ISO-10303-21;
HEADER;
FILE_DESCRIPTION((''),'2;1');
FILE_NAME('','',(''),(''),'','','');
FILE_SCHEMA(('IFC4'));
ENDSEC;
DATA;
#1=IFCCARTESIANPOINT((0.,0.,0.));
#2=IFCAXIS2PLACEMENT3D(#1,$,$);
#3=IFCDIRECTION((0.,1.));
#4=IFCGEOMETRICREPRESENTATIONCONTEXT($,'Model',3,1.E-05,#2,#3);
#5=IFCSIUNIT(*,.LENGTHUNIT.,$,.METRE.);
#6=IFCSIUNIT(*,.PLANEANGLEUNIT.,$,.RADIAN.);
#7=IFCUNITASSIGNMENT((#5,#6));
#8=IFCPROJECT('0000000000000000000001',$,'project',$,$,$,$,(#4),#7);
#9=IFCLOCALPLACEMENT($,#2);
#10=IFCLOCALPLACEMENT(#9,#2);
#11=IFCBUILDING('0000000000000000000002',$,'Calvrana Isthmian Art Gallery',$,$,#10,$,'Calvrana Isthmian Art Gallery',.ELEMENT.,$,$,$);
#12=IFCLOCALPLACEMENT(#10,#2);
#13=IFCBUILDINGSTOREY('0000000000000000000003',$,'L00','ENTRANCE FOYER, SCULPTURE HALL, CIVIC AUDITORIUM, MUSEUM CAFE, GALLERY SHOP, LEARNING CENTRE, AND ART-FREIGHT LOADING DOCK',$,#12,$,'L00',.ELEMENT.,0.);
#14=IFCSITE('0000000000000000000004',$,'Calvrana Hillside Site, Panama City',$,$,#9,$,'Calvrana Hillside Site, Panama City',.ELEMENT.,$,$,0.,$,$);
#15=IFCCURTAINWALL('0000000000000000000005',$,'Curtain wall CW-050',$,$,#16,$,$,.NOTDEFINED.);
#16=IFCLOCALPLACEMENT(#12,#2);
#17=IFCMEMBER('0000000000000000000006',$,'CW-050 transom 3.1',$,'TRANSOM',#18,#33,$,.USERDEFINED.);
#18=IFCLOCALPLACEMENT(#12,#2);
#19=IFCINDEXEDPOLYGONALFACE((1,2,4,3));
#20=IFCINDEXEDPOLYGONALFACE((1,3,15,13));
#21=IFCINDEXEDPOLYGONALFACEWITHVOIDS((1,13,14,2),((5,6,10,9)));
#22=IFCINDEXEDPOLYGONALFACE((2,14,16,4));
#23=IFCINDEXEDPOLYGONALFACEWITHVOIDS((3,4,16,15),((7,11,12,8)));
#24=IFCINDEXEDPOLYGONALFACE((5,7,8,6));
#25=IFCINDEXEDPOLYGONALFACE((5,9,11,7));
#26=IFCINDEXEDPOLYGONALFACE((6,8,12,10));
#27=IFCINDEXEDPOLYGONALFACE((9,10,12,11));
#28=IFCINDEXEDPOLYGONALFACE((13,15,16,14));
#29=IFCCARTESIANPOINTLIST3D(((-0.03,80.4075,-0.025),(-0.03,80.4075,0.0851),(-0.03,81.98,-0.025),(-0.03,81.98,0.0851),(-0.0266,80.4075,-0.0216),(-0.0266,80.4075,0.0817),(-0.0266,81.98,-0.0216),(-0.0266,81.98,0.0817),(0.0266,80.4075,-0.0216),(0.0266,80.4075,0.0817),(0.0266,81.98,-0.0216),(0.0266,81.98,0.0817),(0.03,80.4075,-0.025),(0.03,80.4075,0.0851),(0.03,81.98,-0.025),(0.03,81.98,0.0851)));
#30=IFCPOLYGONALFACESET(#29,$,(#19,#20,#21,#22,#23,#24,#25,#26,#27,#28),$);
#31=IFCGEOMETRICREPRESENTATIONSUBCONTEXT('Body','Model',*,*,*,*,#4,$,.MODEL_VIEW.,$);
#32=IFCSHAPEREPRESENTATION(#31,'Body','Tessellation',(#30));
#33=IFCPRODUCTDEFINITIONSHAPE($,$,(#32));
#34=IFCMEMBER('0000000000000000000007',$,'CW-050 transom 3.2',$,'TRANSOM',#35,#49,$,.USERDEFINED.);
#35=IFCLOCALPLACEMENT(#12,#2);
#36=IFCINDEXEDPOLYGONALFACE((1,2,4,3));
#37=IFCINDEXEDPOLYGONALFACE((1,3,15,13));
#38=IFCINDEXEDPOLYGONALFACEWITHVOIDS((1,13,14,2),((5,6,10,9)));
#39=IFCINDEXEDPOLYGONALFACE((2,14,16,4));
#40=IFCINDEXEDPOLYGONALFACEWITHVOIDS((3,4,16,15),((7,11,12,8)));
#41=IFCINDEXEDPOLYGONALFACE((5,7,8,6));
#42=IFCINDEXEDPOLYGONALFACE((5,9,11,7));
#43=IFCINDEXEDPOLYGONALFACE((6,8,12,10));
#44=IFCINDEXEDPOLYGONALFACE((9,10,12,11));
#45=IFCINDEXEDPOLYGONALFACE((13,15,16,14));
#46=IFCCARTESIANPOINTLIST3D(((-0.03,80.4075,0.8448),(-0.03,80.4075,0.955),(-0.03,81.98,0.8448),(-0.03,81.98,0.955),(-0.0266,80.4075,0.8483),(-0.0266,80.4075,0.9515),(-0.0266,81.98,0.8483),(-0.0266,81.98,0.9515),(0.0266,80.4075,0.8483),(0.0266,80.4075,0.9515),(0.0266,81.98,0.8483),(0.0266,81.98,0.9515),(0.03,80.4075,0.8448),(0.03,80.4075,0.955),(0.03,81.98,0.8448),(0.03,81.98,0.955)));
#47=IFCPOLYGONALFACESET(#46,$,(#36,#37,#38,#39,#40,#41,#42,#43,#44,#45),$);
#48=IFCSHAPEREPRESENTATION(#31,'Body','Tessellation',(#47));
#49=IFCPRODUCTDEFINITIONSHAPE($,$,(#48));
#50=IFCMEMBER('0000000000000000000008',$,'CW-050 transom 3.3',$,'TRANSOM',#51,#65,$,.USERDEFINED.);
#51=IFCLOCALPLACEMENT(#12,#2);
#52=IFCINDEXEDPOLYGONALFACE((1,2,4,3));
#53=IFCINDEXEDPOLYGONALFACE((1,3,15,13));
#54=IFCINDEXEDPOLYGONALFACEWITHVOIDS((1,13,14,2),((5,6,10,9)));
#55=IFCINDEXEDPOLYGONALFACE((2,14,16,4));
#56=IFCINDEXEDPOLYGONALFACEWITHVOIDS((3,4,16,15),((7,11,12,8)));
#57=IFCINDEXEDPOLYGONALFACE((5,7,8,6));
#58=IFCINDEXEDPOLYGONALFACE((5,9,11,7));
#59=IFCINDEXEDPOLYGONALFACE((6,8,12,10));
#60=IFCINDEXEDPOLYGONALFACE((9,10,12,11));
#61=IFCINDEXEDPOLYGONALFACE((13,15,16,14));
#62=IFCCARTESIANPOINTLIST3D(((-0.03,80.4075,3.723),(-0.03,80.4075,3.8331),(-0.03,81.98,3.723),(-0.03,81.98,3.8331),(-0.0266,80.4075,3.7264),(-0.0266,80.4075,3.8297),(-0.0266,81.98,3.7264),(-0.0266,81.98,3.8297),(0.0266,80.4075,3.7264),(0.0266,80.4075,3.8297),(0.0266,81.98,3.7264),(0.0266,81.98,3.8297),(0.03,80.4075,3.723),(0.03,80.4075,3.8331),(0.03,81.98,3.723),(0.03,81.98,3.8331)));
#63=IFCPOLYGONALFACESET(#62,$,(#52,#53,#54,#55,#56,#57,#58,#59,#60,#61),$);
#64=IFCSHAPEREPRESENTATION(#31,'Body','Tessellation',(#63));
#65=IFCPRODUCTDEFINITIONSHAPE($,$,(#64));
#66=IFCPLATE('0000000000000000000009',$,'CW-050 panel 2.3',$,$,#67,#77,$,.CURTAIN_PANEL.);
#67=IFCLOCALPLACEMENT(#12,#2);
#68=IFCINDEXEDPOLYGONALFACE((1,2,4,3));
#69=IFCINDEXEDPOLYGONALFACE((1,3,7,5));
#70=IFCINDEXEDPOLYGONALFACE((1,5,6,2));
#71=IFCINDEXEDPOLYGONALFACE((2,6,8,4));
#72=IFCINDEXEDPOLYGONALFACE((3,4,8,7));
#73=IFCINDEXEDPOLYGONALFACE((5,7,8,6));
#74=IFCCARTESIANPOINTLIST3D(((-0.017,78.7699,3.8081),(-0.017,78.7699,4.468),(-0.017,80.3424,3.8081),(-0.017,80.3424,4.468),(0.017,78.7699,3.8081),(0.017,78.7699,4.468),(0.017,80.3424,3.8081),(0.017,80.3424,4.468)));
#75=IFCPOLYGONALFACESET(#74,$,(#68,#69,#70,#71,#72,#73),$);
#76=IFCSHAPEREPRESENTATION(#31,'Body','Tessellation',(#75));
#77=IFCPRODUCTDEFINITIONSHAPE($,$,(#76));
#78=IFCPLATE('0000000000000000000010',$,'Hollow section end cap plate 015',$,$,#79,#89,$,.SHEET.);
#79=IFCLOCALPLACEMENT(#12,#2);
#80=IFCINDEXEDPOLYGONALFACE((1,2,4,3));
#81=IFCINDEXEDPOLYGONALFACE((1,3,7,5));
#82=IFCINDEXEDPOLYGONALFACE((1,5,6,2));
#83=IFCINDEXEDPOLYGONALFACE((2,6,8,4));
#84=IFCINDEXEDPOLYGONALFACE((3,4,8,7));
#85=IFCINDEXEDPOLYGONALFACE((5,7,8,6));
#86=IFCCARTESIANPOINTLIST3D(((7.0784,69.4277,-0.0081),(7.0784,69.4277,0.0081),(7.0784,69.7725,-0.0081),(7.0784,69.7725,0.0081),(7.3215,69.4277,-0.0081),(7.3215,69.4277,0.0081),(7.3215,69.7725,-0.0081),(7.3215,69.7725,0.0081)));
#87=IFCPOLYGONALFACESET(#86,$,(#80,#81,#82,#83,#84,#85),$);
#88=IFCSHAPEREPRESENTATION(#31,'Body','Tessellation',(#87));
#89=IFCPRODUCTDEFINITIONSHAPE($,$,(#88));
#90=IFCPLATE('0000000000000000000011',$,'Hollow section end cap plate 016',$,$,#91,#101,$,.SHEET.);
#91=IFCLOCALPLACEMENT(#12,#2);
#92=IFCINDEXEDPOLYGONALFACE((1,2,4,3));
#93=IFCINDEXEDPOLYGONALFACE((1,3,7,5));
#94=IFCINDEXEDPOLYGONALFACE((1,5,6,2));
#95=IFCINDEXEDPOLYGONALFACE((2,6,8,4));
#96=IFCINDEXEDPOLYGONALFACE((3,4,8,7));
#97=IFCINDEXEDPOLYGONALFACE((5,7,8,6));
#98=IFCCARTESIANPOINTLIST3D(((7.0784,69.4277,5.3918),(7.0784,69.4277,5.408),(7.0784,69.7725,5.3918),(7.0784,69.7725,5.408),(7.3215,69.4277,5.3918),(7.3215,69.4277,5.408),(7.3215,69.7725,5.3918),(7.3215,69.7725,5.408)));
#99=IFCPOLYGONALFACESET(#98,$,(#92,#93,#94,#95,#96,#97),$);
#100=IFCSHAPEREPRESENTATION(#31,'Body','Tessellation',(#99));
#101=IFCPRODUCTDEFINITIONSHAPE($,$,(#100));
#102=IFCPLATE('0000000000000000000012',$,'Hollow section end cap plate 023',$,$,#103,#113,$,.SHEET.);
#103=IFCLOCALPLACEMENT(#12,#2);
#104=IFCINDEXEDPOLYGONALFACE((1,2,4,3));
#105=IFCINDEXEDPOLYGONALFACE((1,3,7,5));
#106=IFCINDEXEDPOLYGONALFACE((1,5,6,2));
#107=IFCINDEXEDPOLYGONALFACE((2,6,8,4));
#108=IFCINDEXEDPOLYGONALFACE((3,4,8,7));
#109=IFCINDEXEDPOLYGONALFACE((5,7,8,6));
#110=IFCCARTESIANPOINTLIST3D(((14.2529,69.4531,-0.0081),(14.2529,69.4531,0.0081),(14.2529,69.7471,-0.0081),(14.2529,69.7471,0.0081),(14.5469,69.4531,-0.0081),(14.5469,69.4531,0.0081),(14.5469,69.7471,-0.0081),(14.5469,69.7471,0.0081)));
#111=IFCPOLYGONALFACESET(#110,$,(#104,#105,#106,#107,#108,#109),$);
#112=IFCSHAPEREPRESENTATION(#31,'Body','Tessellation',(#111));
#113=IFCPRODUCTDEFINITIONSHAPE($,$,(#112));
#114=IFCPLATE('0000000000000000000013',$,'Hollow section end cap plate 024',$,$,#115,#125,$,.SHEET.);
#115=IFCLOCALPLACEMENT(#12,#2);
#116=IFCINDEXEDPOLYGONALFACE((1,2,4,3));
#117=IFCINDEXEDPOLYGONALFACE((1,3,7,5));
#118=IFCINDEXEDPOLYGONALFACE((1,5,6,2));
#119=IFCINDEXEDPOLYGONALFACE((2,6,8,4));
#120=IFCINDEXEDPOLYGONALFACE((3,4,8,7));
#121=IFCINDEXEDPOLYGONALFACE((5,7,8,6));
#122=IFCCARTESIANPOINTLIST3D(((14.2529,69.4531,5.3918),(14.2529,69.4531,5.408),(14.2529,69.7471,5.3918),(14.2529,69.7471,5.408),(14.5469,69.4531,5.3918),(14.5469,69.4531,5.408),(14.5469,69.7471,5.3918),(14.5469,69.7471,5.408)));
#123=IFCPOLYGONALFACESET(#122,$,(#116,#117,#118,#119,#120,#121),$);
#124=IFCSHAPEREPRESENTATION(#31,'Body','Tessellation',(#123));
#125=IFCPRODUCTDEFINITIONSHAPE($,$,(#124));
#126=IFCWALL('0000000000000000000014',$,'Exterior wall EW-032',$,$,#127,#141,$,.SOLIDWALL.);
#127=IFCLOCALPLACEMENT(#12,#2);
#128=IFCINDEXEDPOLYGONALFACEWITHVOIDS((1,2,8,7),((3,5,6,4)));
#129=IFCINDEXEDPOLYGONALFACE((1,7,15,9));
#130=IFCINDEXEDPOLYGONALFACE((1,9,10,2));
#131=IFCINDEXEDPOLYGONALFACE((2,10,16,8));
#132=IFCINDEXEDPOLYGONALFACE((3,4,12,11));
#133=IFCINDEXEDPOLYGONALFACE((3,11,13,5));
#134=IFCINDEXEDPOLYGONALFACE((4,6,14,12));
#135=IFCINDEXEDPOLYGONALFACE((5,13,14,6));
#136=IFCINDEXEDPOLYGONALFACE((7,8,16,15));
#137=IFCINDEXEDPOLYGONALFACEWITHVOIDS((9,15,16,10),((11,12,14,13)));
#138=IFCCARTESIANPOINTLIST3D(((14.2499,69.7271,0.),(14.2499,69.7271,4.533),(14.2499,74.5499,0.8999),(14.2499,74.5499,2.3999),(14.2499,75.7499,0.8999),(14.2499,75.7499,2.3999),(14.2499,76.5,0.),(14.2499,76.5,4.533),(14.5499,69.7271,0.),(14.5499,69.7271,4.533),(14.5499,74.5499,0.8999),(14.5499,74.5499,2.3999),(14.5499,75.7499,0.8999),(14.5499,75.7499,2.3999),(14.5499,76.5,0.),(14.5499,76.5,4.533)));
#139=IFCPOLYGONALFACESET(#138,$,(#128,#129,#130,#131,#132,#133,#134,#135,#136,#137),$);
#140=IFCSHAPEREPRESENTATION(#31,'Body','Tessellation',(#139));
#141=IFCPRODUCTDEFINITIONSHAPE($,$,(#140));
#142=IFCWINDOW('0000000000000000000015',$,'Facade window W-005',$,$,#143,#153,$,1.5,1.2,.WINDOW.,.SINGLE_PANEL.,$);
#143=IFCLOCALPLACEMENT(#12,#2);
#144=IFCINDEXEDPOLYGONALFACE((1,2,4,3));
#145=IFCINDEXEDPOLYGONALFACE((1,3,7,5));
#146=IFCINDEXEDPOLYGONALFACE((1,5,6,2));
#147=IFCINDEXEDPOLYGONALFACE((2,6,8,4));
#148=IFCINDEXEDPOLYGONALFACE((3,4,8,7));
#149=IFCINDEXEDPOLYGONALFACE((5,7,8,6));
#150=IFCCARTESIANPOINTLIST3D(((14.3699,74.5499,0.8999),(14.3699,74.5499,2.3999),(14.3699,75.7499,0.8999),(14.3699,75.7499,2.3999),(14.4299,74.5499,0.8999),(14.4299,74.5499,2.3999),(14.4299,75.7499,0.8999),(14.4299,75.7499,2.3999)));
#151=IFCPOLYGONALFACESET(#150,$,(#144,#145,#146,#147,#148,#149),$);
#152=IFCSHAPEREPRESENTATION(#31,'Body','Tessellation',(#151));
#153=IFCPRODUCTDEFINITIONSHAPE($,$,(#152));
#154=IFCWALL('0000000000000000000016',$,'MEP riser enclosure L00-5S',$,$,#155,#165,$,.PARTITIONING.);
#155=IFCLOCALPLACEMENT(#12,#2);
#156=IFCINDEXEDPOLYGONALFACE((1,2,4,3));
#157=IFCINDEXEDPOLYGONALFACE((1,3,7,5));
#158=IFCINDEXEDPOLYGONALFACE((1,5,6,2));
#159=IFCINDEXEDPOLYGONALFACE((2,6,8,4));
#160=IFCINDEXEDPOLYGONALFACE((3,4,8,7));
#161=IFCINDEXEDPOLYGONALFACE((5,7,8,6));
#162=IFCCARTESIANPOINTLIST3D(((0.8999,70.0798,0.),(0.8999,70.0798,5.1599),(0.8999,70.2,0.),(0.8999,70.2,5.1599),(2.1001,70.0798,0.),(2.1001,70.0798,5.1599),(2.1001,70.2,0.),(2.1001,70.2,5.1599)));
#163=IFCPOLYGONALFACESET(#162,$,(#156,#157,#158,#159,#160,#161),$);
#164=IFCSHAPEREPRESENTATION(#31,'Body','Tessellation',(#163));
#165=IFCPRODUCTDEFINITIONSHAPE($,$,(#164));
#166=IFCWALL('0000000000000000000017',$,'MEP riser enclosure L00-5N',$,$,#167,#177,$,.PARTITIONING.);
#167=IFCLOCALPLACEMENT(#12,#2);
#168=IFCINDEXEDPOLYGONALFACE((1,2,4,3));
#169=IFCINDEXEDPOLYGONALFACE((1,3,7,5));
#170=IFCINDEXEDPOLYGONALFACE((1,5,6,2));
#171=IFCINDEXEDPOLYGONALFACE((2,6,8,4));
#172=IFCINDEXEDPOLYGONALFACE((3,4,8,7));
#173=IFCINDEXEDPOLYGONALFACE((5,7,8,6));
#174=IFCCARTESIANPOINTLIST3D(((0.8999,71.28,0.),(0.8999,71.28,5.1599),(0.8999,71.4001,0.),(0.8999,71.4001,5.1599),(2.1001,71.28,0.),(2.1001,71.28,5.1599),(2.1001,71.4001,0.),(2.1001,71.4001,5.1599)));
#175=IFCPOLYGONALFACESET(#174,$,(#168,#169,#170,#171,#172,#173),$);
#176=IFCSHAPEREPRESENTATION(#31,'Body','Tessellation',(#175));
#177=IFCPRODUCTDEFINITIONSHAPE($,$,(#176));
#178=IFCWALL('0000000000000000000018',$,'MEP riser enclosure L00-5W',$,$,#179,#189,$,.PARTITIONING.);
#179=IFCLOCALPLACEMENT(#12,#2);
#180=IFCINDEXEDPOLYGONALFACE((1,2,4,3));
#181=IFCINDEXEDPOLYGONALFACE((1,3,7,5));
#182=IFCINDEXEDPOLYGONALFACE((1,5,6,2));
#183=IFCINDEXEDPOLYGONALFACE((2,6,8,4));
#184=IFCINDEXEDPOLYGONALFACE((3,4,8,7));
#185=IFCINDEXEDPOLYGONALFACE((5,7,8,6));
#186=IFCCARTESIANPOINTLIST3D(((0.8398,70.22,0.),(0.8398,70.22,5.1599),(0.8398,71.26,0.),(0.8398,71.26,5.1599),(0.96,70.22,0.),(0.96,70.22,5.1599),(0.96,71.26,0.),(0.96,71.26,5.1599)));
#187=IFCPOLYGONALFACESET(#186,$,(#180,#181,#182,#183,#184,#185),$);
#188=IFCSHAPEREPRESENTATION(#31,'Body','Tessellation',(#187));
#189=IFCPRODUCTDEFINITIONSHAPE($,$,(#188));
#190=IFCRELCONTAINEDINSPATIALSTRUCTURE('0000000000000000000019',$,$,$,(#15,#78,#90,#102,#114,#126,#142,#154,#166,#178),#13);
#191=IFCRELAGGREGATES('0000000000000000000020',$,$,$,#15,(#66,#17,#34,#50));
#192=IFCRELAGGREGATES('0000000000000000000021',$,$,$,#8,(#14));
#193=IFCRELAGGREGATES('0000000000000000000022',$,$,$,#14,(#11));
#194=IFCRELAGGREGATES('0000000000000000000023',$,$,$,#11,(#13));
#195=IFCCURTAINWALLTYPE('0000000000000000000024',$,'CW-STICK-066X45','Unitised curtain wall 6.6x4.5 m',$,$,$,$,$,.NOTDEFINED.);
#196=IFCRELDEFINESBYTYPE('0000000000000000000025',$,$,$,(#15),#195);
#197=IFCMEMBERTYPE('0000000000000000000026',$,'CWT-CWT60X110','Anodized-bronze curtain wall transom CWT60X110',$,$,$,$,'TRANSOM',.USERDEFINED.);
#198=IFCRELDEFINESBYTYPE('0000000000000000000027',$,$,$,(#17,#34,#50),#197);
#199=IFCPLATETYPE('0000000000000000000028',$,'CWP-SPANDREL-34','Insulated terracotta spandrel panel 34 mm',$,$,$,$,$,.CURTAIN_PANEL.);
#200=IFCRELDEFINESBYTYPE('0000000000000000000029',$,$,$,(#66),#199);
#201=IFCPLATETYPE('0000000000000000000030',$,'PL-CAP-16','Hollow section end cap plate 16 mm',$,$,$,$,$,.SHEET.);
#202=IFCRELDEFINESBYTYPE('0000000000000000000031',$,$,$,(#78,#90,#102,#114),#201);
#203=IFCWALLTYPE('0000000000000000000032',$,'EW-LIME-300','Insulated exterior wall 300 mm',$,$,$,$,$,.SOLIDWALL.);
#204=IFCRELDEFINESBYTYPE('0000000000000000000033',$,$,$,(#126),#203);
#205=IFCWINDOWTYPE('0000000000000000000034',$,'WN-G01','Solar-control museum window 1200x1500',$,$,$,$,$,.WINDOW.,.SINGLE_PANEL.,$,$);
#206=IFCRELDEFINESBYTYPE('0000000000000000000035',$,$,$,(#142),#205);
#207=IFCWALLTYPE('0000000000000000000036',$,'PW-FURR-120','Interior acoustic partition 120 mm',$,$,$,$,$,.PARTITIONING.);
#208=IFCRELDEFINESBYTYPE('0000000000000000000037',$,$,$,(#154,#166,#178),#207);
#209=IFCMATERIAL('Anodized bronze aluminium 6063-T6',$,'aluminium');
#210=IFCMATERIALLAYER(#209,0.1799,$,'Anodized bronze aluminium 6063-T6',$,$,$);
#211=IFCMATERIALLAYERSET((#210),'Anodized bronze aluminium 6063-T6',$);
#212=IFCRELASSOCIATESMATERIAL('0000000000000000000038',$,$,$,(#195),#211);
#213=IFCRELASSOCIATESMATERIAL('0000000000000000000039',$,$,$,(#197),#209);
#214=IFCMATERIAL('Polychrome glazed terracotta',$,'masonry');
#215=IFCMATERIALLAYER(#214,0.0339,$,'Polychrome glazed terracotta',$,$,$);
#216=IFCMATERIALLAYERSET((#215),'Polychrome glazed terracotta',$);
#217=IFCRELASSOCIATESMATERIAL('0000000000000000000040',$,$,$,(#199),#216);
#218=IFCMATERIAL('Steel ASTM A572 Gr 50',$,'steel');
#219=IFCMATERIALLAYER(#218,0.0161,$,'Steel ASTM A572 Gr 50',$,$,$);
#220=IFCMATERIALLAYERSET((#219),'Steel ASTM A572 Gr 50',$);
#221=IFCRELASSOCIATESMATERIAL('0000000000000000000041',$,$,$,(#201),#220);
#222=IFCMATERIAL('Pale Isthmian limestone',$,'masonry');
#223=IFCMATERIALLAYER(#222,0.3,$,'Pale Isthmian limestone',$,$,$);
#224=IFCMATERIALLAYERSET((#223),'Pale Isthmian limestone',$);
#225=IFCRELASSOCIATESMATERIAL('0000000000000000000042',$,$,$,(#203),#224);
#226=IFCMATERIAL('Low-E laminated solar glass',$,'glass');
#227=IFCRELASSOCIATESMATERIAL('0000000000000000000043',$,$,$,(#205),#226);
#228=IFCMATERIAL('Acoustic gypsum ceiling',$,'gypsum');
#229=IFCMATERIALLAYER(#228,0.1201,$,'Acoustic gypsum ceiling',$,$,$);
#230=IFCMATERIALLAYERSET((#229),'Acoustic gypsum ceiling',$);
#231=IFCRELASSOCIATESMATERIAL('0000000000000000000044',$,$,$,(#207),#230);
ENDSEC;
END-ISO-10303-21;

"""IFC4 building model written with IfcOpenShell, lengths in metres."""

from ifc_helpers import new_model, si_unit, direction, frame, frame_2d, origin, origin_2d, place, context, subcontext, project, spatial, rectangle, hollow_rectangle, extrude, material, layer, layer_set, material_profile, profile_set, type_object, element, fill, aggregate, save


model = new_model("IFC4")

# Units and contexts
model_context = context("Model", 3, precision=1e-05, world=origin(), true_north=direction((0.0, 1.0)))
body_context = subcontext(model_context, "Body", "Model", "MODEL_VIEW")
ifc_project = project(units=[si_unit("LENGTHUNIT", "METRE"), si_unit("PLANEANGLEUNIT", "RADIAN")], contexts=[model_context])

# Site, building, storey
site_placement = place(None, origin())
site = spatial("IfcSite", under=ifc_project, at=site_placement, Name="Calvrana Hillside Site, Panama City", LongName="Calvrana Hillside Site, Panama City", CompositionType="ELEMENT", RefElevation=0.0)
building_placement = place(site_placement, origin())
building = spatial("IfcBuilding", under=site, at=building_placement, Name="Calvrana Isthmian Art Gallery", LongName="Calvrana Isthmian Art Gallery", CompositionType="ELEMENT")
storey_placement = place(building_placement, origin())
storey = spatial("IfcBuildingStorey", under=building, at=storey_placement, Name="L00", Description="ENTRANCE FOYER, SCULPTURE HALL, CIVIC AUDITORIUM, MUSEUM CAFE, GALLERY SHOP, LEARNING CENTRE, AND ART-FREIGHT LOADING DOCK", LongName="L00", CompositionType="ELEMENT", Elevation=0.0)

# Shared definitions
ifc_material_1 = material(Name="Anodized bronze aluminium 6063-T6", Category="aluminium")

# Curtain wall, members, plate
ifc_layer_1 = layer(ifc_material_1, 0.1799, Name="Anodized bronze aluminium 6063-T6")
ifc_layer_set_1 = layer_set([ifc_layer_1], Name="Anodized bronze aluminium 6063-T6")
curtain_wall_type_1 = type_object("IfcCurtainWallType", Name="CW-STICK-066X45", Description="Unitised curtain wall 6.6x4.5 m", PredefinedType="NOTDEFINED", material=ifc_layer_set_1)
curtain_wall_1_placement = place(storey_placement, origin())
curtain_wall_1 = element("IfcCurtainWall", 1, at=curtain_wall_1_placement, inside=storey, type_object=curtain_wall_type_1, Name="Curtain wall CW-050", PredefinedType="NOTDEFINED")
ifc_material_profile_1 = material_profile(ifc_material_1, hollow_rectangle(XDim=0.0601, YDim=0.1101, WallThickness=0.0034, at=origin_2d()), Name="CWT60X110")
ifc_profile_set_1 = profile_set([ifc_material_profile_1], Name="Anodized bronze aluminium 6063-T6")
member_type_1 = type_object("IfcMemberType", Name="CWT-CWT60X110", Description="Anodized-bronze curtain wall transom CWT60X110", ElementType="TRANSOM", PredefinedType="USERDEFINED", material=ifc_profile_set_1)
member_1_placement = place(storey_placement, frame((0.0, 80.4075, 0.03), z_axis=(0.0, 1.0, 0.0), x_axis=(-1.0, 0.0, 0.0)))
member_1 = element("IfcMember", 2, at=member_1_placement, type_object=member_type_1, Name="CW-050 transom 3.1", ObjectType="TRANSOM", PredefinedType="USERDEFINED", context=body_context, shape_type="SweptSolid", body=[
    extrude(hollow_rectangle(XDim=0.0601, YDim=0.1101, WallThickness=0.0034, at=origin_2d()), origin(), (0.0, 0.0, 1.0), 1.5725),
])
member_2_placement = place(storey_placement, frame((0.0, 80.4075, 0.8999), z_axis=(0.0, 1.0, 0.0), x_axis=(-1.0, 0.0, 0.0)))
member_2 = element("IfcMember", 3, at=member_2_placement, type_object=member_type_1, Name="CW-050 transom 3.2", ObjectType="TRANSOM", PredefinedType="USERDEFINED", context=body_context, shape_type="SweptSolid", body=[
    extrude(hollow_rectangle(XDim=0.0601, YDim=0.1101, WallThickness=0.0034, at=origin_2d()), origin(), (0.0, 0.0, 1.0), 1.5725),
])
member_3_placement = place(storey_placement, frame((0.0, 80.4075, 3.7781), z_axis=(0.0, 1.0, 0.0), x_axis=(-1.0, 0.0, 0.0)))
member_3 = element("IfcMember", 4, at=member_3_placement, type_object=member_type_1, Name="CW-050 transom 3.3", ObjectType="TRANSOM", PredefinedType="USERDEFINED", context=body_context, shape_type="SweptSolid", body=[
    extrude(hollow_rectangle(XDim=0.0601, YDim=0.1101, WallThickness=0.0034, at=origin_2d()), origin(), (0.0, 0.0, 1.0), 1.5725),
])
ifc_material_2 = material(Name="Polychrome glazed terracotta", Category="masonry")
ifc_layer_2 = layer(ifc_material_2, 0.0339, Name="Polychrome glazed terracotta")
ifc_layer_set_2 = layer_set([ifc_layer_2], Name="Polychrome glazed terracotta")
plate_type_1 = type_object("IfcPlateType", Name="CWP-SPANDREL-34", Description="Insulated terracotta spandrel panel 34 mm", PredefinedType="CURTAIN_PANEL", material=ifc_layer_set_2)
plate_placement = place(storey_placement, frame((0.0, 79.5562, 3.8081), z_axis=(0.0, 0.0, 1.0), x_axis=(0.0, 1.0, 0.0)))
plate = element("IfcPlate", 5, at=plate_placement, type_object=plate_type_1, Name="CW-050 panel 2.3", PredefinedType="CURTAIN_PANEL", context=body_context, shape_type="SweptSolid", body=[
    extrude(rectangle(XDim=1.5725, YDim=0.0339, at=origin_2d()), origin(), (0.0, 0.0, 1.0), 0.6599),
])
aggregate(curtain_wall_1, [plate, member_1, member_2, member_3])

# Plates
ifc_material_3 = material(Name="Steel ASTM A572 Gr 50", Category="steel")
ifc_layer_3 = layer(ifc_material_3, 0.0161, Name="Steel ASTM A572 Gr 50")
ifc_layer_set_3 = layer_set([ifc_layer_3], Name="Steel ASTM A572 Gr 50")
plate_type_2 = type_object("IfcPlateType", Name="PL-CAP-16", Description="Hollow section end cap plate 16 mm", PredefinedType="SHEET", material=ifc_layer_set_3)
for number, where, z_axis, x_axis, name in (
    (6, (7.2, 69.6001, -0.0081), (0.0, 0.0, 1.0), (1.0, 0.0, 0.0), "Hollow section end cap plate 015"),
    (7, (7.2, 69.6001, 5.3918), (0.0, 0.0, 1.0), (1.0, 0.0, 0.0), "Hollow section end cap plate 016"),
):
    element("IfcPlate", number, at=place(storey_placement, frame(where, z_axis=z_axis, x_axis=x_axis)), inside=storey, type_object=plate_type_2, Name=name, PredefinedType="SHEET", context=body_context, shape_type="SweptSolid", body=[
        extrude(rectangle(XDim=0.2432, YDim=0.3447, at=origin_2d()), origin(), (0.0, 0.0, 1.0), 0.0161),
    ])
for number, where, z_axis, x_axis, name in (
    (8, (14.3999, 69.6001, -0.0081), (0.0, 0.0, 1.0), (1.0, 0.0, 0.0), "Hollow section end cap plate 023"),
    (9, (14.3999, 69.6001, 5.3918), (0.0, 0.0, 1.0), (1.0, 0.0, 0.0), "Hollow section end cap plate 024"),
):
    element("IfcPlate", number, at=place(storey_placement, frame(where, z_axis=z_axis, x_axis=x_axis)), inside=storey, type_object=plate_type_2, Name=name, PredefinedType="SHEET", context=body_context, shape_type="SweptSolid", body=[
        extrude(rectangle(XDim=0.2939, YDim=0.2939, at=origin_2d()), origin(), (0.0, 0.0, 1.0), 0.0161),
    ])

# Wall, opening, window
ifc_material_4 = material(Name="Pale Isthmian limestone", Category="masonry")
ifc_layer_4 = layer(ifc_material_4, 0.3, Name="Pale Isthmian limestone")
ifc_layer_set_4 = layer_set([ifc_layer_4], Name="Pale Isthmian limestone")
wall_type_1 = type_object("IfcWallType", Name="EW-LIME-300", Description="Insulated exterior wall 300 mm", PredefinedType="SOLIDWALL", material=ifc_layer_set_4)
wall_placement = place(storey_placement, frame((14.3999, 76.5, 0.0), z_axis=(0.0, 0.0, 1.0), x_axis=(0.0, -1.0, 0.0)))
wall = element("IfcWall", 10, at=wall_placement, inside=storey, type_object=wall_type_1, Name="Exterior wall EW-032", PredefinedType="SOLIDWALL", context=body_context, shape_type="SweptSolid", body=[
    extrude(rectangle(XDim=6.7729, YDim=0.3, at=frame_2d((3.3865, 0.0))), origin(), (0.0, 0.0, 1.0), 4.533),
])
opening_placement = place(wall_placement, frame((0.75, 0.0, 0.8999)))
opening = element("IfcOpeningElement", 11, at=opening_placement, cuts=wall, PredefinedType="OPENING", context=body_context, shape_type="SweptSolid", body=[
    extrude(rectangle(XDim=1.2, YDim=1.5, at=frame_2d((0.6001, 0.75))), frame((0.0, 0.1602, 0.0), z_axis=(0.0, -1.0, 0.0), x_axis=(1.0, 0.0, 0.0)), (0.0, 0.0, 1.0), 0.3206),
])
ifc_material_5 = material(Name="Low-E laminated solar glass", Category="glass")
window_type = type_object("IfcWindowType", Name="WN-G01", Description="Solar-control museum window 1200x1500", PartitioningType="SINGLE_PANEL", PredefinedType="WINDOW", material=ifc_material_5)
window_placement = place(opening_placement, origin())
window = element("IfcWindow", 12, at=window_placement, inside=storey, type_object=window_type, Name="Facade window W-005", OverallHeight=1.5, OverallWidth=1.2, PartitioningType="SINGLE_PANEL", PredefinedType="WINDOW", context=body_context, shape_type="SweptSolid", body=[
    extrude(rectangle(XDim=1.2, YDim=1.5, at=frame_2d((0.6001, 0.75))), frame((0.0, 0.03, 0.0), z_axis=(0.0, -1.0, 0.0), x_axis=(1.0, 0.0, 0.0)), (0.0, 0.0, 1.0), 0.0601),
])
fill(opening, window)

# Walls
ifc_material_6 = material(Name="Acoustic gypsum ceiling", Category="gypsum")
ifc_layer_5 = layer(ifc_material_6, 0.1201, Name="Acoustic gypsum ceiling")
ifc_layer_set_5 = layer_set([ifc_layer_5], Name="Acoustic gypsum ceiling")
wall_type_2 = type_object("IfcWallType", Name="PW-FURR-120", Description="Interior acoustic partition 120 mm", PredefinedType="PARTITIONING", material=ifc_layer_set_5)
for number, where, z_axis, x_axis, name in (
    (13, (0.8999, 70.1399, 0.0), (0.0, 0.0, 1.0), (1.0, 0.0, 0.0), "MEP riser enclosure L00-5S"),
    (14, (0.8999, 71.3401, 0.0), (0.0, 0.0, 1.0), (1.0, 0.0, 0.0), "MEP riser enclosure L00-5N"),
):
    element("IfcWall", number, at=place(storey_placement, frame(where, z_axis=z_axis, x_axis=x_axis)), inside=storey, type_object=wall_type_2, Name=name, PredefinedType="PARTITIONING", context=body_context, shape_type="SweptSolid", body=[
        extrude(rectangle(XDim=1.2002, YDim=0.1201, at=frame_2d((0.6001, 0.0))), origin(), (0.0, 0.0, 1.0), 5.1599),
    ])
for number, where, z_axis, x_axis, name in (
    (15, (0.8999, 70.22, 0.0), (0.0, 0.0, 1.0), (0.0, 1.0, 0.0), "MEP riser enclosure L00-5W"),
):
    element("IfcWall", number, at=place(storey_placement, frame(where, z_axis=z_axis, x_axis=x_axis)), inside=storey, type_object=wall_type_2, Name=name, PredefinedType="PARTITIONING", context=body_context, shape_type="SweptSolid", body=[
        extrude(rectangle(XDim=1.04, YDim=0.1201, at=frame_2d((0.52, 0.0))), origin(), (0.0, 0.0, 1.0), 5.1599),
    ])

save(model, "model.ifc")
